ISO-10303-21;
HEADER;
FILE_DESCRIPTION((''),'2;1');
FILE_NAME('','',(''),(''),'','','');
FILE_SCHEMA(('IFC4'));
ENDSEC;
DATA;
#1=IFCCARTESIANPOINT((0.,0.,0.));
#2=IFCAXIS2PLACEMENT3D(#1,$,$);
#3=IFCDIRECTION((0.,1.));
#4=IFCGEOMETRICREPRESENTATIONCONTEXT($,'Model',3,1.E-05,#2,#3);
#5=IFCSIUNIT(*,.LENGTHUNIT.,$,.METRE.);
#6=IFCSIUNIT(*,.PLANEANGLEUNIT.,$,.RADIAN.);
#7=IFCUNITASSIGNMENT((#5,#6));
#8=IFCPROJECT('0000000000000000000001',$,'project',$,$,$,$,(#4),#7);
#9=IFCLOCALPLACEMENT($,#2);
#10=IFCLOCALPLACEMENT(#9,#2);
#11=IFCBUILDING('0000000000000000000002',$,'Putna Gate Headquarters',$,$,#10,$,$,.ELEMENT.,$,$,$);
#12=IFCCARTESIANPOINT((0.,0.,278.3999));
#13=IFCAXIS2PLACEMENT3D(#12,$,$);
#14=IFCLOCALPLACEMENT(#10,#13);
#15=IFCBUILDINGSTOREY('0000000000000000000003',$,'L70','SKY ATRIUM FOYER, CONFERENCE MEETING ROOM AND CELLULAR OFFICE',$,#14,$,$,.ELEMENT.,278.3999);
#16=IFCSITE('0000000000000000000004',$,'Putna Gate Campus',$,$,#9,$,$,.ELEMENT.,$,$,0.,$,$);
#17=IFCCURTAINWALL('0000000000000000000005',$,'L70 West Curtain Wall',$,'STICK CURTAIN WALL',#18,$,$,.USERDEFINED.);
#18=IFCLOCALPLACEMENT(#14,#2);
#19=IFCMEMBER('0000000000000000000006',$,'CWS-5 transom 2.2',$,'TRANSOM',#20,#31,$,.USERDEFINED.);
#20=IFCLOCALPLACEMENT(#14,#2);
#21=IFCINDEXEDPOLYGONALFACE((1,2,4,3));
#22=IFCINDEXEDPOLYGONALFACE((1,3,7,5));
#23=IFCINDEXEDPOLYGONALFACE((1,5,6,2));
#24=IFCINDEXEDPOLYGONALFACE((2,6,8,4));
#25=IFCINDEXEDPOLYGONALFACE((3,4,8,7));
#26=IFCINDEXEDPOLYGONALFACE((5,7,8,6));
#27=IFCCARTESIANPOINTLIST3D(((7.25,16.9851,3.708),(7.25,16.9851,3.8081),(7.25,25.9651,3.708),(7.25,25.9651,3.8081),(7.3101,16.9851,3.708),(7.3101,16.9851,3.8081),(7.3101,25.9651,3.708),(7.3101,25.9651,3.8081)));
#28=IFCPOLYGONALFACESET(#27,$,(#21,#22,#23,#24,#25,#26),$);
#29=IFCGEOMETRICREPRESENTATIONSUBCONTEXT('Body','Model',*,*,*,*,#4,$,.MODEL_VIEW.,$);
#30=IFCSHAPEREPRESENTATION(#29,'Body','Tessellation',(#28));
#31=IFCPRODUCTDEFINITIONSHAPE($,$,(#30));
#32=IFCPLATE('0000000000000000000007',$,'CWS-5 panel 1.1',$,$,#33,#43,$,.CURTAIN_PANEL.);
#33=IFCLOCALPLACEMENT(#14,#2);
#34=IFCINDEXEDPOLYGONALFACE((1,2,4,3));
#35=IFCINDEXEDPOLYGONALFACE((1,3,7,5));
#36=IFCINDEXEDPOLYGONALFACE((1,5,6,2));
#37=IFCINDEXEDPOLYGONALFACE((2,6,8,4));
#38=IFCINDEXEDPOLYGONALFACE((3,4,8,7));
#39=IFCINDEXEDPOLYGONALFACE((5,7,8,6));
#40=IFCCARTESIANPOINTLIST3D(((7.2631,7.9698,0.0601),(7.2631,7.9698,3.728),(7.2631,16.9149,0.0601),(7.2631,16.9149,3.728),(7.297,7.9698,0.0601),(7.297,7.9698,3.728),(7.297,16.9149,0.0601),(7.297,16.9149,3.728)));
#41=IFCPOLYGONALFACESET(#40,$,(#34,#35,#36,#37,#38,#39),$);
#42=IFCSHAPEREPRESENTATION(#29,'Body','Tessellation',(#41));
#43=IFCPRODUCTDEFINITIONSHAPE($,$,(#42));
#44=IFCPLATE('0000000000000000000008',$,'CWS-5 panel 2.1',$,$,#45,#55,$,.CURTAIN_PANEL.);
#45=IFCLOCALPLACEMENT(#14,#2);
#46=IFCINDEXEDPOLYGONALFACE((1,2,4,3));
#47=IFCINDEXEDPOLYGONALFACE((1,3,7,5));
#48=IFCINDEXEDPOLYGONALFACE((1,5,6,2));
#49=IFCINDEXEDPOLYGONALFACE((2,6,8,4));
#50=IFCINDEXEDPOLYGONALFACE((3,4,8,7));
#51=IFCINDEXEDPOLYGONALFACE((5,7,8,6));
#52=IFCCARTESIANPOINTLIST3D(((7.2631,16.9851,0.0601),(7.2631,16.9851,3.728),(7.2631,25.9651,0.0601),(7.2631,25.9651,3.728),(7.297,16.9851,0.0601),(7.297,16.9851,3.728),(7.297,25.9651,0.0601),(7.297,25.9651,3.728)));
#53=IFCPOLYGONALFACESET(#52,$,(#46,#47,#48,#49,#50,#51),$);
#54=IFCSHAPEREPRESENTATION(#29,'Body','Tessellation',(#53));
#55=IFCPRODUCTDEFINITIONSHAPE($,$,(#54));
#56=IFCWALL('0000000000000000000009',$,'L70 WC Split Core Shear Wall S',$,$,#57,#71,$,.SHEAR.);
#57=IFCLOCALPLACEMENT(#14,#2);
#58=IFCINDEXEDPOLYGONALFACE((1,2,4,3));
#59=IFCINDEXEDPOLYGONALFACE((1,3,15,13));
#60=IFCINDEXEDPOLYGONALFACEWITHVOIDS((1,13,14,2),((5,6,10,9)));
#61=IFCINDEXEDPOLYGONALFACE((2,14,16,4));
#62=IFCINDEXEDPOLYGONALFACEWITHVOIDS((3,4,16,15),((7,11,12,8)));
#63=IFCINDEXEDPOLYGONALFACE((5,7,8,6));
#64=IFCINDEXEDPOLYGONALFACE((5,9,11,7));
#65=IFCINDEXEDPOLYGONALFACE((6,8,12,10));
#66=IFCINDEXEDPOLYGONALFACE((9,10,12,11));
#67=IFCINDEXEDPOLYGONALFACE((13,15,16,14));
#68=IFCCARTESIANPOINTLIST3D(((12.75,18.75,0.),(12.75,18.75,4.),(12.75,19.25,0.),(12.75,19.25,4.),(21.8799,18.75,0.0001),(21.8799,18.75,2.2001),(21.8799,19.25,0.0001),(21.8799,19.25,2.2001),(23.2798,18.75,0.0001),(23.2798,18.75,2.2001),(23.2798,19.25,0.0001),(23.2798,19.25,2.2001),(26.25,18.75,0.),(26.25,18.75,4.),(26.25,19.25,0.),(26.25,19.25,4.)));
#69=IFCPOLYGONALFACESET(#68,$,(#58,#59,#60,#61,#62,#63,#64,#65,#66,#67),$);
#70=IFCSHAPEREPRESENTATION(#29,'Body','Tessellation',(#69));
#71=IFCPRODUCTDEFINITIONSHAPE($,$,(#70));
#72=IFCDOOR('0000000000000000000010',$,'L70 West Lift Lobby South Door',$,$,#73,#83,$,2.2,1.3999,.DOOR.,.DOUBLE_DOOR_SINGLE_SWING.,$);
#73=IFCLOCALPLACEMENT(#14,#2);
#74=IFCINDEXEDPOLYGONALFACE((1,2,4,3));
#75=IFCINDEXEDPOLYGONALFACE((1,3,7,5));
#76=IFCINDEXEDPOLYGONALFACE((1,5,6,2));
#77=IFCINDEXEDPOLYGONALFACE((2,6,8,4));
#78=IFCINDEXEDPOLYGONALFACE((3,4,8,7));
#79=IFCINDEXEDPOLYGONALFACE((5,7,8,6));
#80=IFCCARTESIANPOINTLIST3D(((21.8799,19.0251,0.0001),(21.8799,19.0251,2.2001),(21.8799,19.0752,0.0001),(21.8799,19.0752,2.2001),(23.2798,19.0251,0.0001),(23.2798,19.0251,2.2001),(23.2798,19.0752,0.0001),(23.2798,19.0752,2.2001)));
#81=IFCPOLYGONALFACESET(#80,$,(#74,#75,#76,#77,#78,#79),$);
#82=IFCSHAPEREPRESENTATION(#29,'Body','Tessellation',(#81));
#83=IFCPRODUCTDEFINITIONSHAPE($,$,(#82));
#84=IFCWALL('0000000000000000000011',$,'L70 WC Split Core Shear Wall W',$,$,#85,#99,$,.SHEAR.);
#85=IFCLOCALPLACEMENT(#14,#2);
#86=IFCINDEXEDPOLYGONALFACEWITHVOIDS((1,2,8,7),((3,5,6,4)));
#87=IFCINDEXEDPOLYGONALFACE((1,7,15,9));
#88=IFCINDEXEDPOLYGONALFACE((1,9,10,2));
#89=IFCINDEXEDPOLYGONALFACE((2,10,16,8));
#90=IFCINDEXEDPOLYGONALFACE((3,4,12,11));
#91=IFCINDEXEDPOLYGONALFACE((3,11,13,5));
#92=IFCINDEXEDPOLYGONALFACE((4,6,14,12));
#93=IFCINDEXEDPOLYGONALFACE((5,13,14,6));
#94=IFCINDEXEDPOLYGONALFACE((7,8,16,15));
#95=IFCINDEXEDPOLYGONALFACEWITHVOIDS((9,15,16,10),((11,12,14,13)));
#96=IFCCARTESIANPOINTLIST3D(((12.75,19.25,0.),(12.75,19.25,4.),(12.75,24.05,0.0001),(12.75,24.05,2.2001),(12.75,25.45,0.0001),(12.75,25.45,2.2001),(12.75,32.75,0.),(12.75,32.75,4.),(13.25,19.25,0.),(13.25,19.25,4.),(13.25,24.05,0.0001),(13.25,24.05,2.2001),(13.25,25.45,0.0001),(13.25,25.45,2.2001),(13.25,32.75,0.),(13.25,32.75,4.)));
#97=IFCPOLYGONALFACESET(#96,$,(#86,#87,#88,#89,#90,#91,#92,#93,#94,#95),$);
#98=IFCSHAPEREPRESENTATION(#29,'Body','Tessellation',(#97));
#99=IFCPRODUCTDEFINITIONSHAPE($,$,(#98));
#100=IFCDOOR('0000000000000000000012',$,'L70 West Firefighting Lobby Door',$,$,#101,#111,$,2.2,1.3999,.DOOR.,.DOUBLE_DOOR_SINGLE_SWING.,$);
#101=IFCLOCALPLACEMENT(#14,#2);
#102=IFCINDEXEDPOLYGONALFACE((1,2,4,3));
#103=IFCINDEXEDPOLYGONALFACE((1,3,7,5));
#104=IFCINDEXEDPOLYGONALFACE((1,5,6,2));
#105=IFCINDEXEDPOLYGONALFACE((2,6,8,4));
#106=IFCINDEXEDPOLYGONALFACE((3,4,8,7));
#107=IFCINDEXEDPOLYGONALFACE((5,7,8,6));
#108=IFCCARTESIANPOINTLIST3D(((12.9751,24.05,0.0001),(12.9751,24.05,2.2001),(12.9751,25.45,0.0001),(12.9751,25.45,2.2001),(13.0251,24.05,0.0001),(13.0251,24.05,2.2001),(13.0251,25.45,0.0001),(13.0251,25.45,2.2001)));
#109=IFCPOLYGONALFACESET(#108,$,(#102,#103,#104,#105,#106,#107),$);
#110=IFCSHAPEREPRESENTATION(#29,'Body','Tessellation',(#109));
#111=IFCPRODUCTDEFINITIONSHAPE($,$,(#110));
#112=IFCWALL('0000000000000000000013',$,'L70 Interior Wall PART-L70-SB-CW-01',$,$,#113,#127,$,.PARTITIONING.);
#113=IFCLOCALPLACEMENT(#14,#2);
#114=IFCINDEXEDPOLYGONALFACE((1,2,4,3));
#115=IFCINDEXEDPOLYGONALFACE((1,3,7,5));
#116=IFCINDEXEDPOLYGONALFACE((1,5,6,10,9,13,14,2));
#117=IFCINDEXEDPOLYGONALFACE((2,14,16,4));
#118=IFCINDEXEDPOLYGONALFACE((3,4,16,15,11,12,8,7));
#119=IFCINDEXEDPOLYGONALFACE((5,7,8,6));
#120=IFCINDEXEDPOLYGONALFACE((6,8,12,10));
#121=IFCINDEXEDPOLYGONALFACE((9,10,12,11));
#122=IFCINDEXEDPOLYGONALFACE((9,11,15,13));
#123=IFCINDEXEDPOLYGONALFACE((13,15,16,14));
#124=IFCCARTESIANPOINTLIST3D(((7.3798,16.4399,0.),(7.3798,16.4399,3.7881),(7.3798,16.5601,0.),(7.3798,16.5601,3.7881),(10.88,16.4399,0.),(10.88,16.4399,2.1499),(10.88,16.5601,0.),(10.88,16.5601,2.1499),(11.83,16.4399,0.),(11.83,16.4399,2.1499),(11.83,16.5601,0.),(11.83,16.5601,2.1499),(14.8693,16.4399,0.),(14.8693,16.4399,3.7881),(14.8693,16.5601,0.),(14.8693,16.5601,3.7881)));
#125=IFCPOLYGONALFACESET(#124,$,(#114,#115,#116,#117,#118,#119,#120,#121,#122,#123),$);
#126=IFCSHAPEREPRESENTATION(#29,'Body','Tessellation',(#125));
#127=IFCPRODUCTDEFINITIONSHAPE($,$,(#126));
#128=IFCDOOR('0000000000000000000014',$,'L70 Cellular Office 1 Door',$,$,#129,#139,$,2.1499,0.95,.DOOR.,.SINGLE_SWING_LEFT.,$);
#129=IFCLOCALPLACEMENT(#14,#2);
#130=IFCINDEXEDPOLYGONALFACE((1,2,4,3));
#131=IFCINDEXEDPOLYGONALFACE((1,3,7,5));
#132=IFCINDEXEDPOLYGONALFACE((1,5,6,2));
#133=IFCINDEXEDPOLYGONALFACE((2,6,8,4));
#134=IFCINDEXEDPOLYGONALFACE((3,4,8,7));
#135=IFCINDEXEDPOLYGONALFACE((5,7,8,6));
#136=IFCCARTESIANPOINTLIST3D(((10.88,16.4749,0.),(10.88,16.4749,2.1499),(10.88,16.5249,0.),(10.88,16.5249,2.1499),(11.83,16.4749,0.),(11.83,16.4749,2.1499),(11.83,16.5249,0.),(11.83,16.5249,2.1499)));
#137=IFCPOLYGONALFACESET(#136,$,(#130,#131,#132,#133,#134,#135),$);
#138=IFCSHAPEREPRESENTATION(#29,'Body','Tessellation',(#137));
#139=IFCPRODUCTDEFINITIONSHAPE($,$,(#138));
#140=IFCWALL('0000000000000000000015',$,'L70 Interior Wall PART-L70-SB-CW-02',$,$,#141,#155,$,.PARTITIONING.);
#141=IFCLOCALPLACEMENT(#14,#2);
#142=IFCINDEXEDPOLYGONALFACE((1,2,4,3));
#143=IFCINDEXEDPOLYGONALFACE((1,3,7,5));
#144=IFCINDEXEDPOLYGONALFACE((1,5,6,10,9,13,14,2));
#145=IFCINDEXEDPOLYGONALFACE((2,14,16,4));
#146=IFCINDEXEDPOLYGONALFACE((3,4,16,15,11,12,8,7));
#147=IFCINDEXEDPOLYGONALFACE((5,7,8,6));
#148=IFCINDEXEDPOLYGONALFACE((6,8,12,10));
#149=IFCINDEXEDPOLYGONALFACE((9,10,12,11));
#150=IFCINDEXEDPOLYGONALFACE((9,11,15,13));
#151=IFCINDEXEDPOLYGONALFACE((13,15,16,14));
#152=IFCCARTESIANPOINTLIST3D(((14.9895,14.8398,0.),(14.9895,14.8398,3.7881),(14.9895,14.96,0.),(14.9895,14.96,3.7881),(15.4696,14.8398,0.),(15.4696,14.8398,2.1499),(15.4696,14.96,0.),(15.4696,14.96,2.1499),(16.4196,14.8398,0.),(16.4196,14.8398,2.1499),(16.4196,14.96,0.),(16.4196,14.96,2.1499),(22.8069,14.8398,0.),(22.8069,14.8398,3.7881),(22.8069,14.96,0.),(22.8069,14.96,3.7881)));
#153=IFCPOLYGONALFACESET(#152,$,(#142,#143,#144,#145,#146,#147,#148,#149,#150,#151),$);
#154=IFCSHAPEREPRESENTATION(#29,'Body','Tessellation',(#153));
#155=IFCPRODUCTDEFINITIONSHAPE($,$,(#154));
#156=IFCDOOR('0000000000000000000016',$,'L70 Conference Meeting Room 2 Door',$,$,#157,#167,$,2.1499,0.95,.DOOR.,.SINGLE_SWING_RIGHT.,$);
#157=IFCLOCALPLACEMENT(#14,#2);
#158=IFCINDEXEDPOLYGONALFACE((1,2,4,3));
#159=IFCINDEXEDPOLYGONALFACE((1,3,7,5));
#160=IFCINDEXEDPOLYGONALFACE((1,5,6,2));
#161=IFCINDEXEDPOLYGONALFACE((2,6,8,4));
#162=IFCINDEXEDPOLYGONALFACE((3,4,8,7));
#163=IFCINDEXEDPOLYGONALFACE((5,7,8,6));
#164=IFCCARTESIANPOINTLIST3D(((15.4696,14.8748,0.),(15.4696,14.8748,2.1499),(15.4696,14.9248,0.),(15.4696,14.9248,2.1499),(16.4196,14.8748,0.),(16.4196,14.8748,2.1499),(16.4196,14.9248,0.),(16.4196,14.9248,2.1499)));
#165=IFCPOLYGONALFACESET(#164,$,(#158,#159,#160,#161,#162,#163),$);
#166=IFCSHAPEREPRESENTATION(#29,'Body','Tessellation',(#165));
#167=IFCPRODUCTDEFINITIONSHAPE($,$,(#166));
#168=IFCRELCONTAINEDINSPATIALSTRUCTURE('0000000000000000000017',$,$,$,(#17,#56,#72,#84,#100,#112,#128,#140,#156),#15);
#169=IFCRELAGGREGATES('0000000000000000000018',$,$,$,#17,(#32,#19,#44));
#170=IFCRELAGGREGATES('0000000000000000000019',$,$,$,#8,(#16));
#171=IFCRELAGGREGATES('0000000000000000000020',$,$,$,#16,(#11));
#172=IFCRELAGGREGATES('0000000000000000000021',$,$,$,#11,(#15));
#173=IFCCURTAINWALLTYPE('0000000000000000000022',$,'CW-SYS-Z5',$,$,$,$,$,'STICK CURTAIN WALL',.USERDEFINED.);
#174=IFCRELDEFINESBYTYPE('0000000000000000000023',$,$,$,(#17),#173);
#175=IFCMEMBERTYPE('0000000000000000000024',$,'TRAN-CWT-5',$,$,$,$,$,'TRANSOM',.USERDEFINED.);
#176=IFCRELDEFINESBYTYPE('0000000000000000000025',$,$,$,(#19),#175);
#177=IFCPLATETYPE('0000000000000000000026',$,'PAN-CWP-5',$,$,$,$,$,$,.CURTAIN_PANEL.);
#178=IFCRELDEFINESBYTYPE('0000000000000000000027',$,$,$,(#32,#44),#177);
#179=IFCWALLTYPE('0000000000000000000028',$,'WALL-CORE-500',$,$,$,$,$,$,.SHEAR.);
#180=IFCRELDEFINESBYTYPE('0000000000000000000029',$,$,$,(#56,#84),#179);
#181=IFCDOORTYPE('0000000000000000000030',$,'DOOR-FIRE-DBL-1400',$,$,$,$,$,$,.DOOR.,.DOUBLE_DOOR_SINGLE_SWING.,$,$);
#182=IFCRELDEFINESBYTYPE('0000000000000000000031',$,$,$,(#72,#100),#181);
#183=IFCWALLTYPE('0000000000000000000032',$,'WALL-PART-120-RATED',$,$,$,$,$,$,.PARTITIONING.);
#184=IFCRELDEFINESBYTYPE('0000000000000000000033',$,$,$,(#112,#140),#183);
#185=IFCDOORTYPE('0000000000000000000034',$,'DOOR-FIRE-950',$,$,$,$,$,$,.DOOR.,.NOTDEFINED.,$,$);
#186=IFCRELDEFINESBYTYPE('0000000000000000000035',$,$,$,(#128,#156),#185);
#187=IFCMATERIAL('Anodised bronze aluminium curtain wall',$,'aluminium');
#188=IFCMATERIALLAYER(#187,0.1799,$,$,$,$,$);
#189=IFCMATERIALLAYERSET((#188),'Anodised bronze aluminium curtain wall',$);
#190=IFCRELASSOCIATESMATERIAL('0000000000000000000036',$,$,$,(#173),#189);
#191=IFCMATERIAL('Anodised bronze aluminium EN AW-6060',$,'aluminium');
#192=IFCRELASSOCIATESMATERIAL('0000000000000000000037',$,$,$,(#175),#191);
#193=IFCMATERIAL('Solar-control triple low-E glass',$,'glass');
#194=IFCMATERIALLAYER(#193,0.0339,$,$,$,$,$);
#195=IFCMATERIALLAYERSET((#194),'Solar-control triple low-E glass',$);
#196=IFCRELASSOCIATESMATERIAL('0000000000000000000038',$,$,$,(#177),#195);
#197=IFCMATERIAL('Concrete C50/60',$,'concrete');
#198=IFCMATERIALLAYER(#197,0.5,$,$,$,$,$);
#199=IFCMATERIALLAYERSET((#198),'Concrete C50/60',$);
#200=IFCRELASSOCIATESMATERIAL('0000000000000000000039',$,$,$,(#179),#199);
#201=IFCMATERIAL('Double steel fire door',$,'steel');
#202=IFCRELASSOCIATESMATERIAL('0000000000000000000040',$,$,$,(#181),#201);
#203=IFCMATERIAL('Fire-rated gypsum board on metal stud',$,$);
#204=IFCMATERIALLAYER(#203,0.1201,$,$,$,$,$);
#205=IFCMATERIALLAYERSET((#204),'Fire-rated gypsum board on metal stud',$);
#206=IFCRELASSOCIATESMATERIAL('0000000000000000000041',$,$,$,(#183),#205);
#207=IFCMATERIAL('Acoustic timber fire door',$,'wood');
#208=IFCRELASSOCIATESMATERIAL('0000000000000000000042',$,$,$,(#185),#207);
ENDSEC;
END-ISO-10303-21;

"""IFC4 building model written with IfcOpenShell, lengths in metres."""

from ifc_helpers import new_model, si_unit, direction, frame, frame_2d, origin, origin_2d, place, context, subcontext, project, spatial, rectangle, extrude, material, layer, layer_set, material_profile, profile_set, type_object, element, fill, aggregate, save


model = new_model("IFC4")

# Units and contexts
model_context = context("Model", 3, precision=1e-05, world=origin(), true_north=direction((0.0, 1.0)))
body_context = subcontext(model_context, "Body", "Model", "MODEL_VIEW")
ifc_project = project(units=[si_unit("LENGTHUNIT", "METRE"), si_unit("PLANEANGLEUNIT", "RADIAN")], contexts=[model_context])

# Site, building, storey
site_placement = place(None, origin())
site = spatial("IfcSite", under=ifc_project, at=site_placement, Name="Putna Gate Campus", CompositionType="ELEMENT", RefElevation=0.0)
building_placement = place(site_placement, origin())
building = spatial("IfcBuilding", under=site, at=building_placement, Name="Putna Gate Headquarters", CompositionType="ELEMENT")
storey_placement = place(building_placement, frame((0.0, 0.0, 278.3999)))
storey = spatial("IfcBuildingStorey", under=building, at=storey_placement, Name="L70", Description="SKY ATRIUM FOYER, CONFERENCE MEETING ROOM AND CELLULAR OFFICE", CompositionType="ELEMENT", Elevation=278.3999)

# Curtain wall, member, plates
ifc_material_1 = material(Name="Anodised bronze aluminium curtain wall", Category="aluminium")
ifc_layer_1 = layer(ifc_material_1, 0.1799)
ifc_layer_set_1 = layer_set([ifc_layer_1], Name="Anodised bronze aluminium curtain wall")
curtain_wall_type = type_object("IfcCurtainWallType", Name="CW-SYS-Z5", ElementType="STICK CURTAIN WALL", PredefinedType="USERDEFINED", material=ifc_layer_set_1)
curtain_wall_placement = place(storey_placement, origin())
curtain_wall = element("IfcCurtainWall", 1, at=curtain_wall_placement, inside=storey, type_object=curtain_wall_type, Name="L70 West Curtain Wall", ObjectType="STICK CURTAIN WALL", PredefinedType="USERDEFINED")
ifc_material_2 = material(Name="Anodised bronze aluminium EN AW-6060", Category="aluminium")
ifc_material_profile_1 = material_profile(ifc_material_2, rectangle(XDim=0.0601, YDim=0.1001, at=origin_2d()), Name="Anodised bronze aluminium EN AW-6060")
ifc_profile_set_1 = profile_set([ifc_material_profile_1], Name="Anodised bronze aluminium EN AW-6060")
member_type_1 = type_object("IfcMemberType", Name="TRAN-CWT-5", ElementType="TRANSOM", PredefinedType="USERDEFINED", material=ifc_profile_set_1)
member_1_placement = place(storey_placement, frame((7.28, 16.9851, 3.7581), z_axis=(0.0, 1.0, 0.0), x_axis=(-1.0, 0.0, 0.0)))
member_1 = element("IfcMember", 2, at=member_1_placement, type_object=member_type_1, Name="CWS-5 transom 2.2", ObjectType="TRANSOM", PredefinedType="USERDEFINED", context=body_context, shape_type="SweptSolid", body=[
    extrude(rectangle(XDim=0.0601, YDim=0.1001, at=origin_2d()), origin(), (0.0, 0.0, 1.0), 8.98),
])
ifc_material_3 = material(Name="Solar-control triple low-E glass", Category="glass")
ifc_layer_2 = layer(ifc_material_3, 0.0339)
ifc_layer_set_2 = layer_set([ifc_layer_2], Name="Solar-control triple low-E glass")
plate_type = type_object("IfcPlateType", Name="PAN-CWP-5", PredefinedType="CURTAIN_PANEL", material=ifc_layer_set_2)
plate_1_placement = place(storey_placement, frame((7.28, 12.4424, 0.0601), z_axis=(0.0, 0.0, 1.0), x_axis=(0.0, 1.0, 0.0)))
plate_1 = element("IfcPlate", 3, at=plate_1_placement, type_object=plate_type, Name="CWS-5 panel 1.1", PredefinedType="CURTAIN_PANEL", context=body_context, shape_type="SweptSolid", body=[
    extrude(rectangle(XDim=8.9451, YDim=0.0339, at=origin_2d()), origin(), (0.0, 0.0, 1.0), 3.668),
])
plate_2_placement = place(storey_placement, frame((7.28, 21.4751, 0.0601), z_axis=(0.0, 0.0, 1.0), x_axis=(0.0, 1.0, 0.0)))
plate_2 = element("IfcPlate", 4, at=plate_2_placement, type_object=plate_type, Name="CWS-5 panel 2.1", PredefinedType="CURTAIN_PANEL", context=body_context, shape_type="SweptSolid", body=[
    extrude(rectangle(XDim=8.98, YDim=0.0339, at=origin_2d()), origin(), (0.0, 0.0, 1.0), 3.668),
])
aggregate(curtain_wall, [plate_1, member_1, plate_2])

# Walls, openings, doors
ifc_material_4 = material(Name="Concrete C50/60", Category="concrete")
ifc_layer_3 = layer(ifc_material_4, 0.5)
ifc_layer_set_3 = layer_set([ifc_layer_3], Name="Concrete C50/60")
wall_type_1 = type_object("IfcWallType", Name="WALL-CORE-500", PredefinedType="SHEAR", material=ifc_layer_set_3)
wall_1_placement = place(storey_placement, frame((12.75, 19.0, 0.0), z_axis=(0.0, 0.0, 1.0), x_axis=(1.0, 0.0, 0.0)))
wall_1 = element("IfcWall", 5, at=wall_1_placement, inside=storey, type_object=wall_type_1, Name="L70 WC Split Core Shear Wall S", PredefinedType="SHEAR", context=body_context, shape_type="SweptSolid", body=[
    extrude(rectangle(XDim=13.5, YDim=0.5, at=frame_2d((6.75, 0.0))), origin(), (0.0, 0.0, 1.0), 4.0),
])
opening_1_placement = place(wall_1_placement, frame((9.1299, 0.0, 0.0)))
opening_1 = element("IfcOpeningElement", 6, at=opening_1_placement, cuts=wall_1, PredefinedType="OPENING", context=body_context, shape_type="SweptSolid", body=[
    extrude(rectangle(XDim=1.3999, YDim=2.2, at=frame_2d((0.7, 1.1001))), frame((0.0, 0.26, 0.0), z_axis=(0.0, -1.0, 0.0), x_axis=(1.0, 0.0, 0.0)), (0.0, 0.0, 1.0), 0.52),
])
ifc_material_5 = material(Name="Double steel fire door", Category="steel")
door_type_1 = type_object("IfcDoorType", Name="DOOR-FIRE-DBL-1400", OperationType="DOUBLE_DOOR_SINGLE_SWING", PredefinedType="DOOR", material=ifc_material_5)
door_1_placement = place(opening_1_placement, origin())
door_1 = element("IfcDoor", 7, at=door_1_placement, inside=storey, type_object=door_type_1, Name="L70 West Lift Lobby South Door", OperationType="DOUBLE_DOOR_SINGLE_SWING", OverallHeight=2.2, OverallWidth=1.3999, PredefinedType="DOOR", context=body_context, shape_type="SweptSolid", body=[
    extrude(rectangle(XDim=1.3999, YDim=2.2, at=frame_2d((0.7, 1.1001))), frame((0.0, 0.0752, 0.0), z_axis=(0.0, -1.0, 0.0), x_axis=(1.0, 0.0, 0.0)), (0.0, 0.0, 1.0), 0.05),
])
fill(opening_1, door_1)
wall_2_placement = place(storey_placement, frame((13.0, 19.25, 0.0), z_axis=(0.0, 0.0, 1.0), x_axis=(0.0, 1.0, 0.0)))
wall_2 = element("IfcWall", 8, at=wall_2_placement, inside=storey, type_object=wall_type_1, Name="L70 WC Split Core Shear Wall W", PredefinedType="SHEAR", context=body_context, shape_type="SweptSolid", body=[
    extrude(rectangle(XDim=13.5, YDim=0.5, at=frame_2d((6.75, 0.0))), origin(), (0.0, 0.0, 1.0), 4.0),
])
opening_2_placement = place(wall_2_placement, frame((4.8, 0.0, 0.0)))
opening_2 = element("IfcOpeningElement", 9, at=opening_2_placement, cuts=wall_2, PredefinedType="OPENING", context=body_context, shape_type="SweptSolid", body=[
    extrude(rectangle(XDim=1.3999, YDim=2.2, at=frame_2d((0.7, 1.1001))), frame((0.0, 0.26, 0.0), z_axis=(0.0, -1.0, 0.0), x_axis=(1.0, 0.0, 0.0)), (0.0, 0.0, 1.0), 0.52),
])
door_2_placement = place(opening_2_placement, origin())
door_2 = element("IfcDoor", 10, at=door_2_placement, inside=storey, type_object=door_type_1, Name="L70 West Firefighting Lobby Door", OperationType="DOUBLE_DOOR_SINGLE_SWING", OverallHeight=2.2, OverallWidth=1.3999, PredefinedType="DOOR", context=body_context, shape_type="SweptSolid", body=[
    extrude(rectangle(XDim=1.3999, YDim=2.2, at=frame_2d((0.7, 1.1001))), frame((0.0, 0.0249, 0.0), z_axis=(0.0, -1.0, 0.0), x_axis=(1.0, 0.0, 0.0)), (0.0, 0.0, 1.0), 0.05),
])
fill(opening_2, door_2)
ifc_material_6 = material(Name="Fire-rated gypsum board on metal stud")
ifc_layer_4 = layer(ifc_material_6, 0.1201)
ifc_layer_set_4 = layer_set([ifc_layer_4], Name="Fire-rated gypsum board on metal stud")
wall_type_2 = type_object("IfcWallType", Name="WALL-PART-120-RATED", PredefinedType="PARTITIONING", material=ifc_layer_set_4)
wall_3_placement = place(storey_placement, frame((7.3799, 16.5, 0.0), z_axis=(0.0, 0.0, 1.0), x_axis=(1.0, 0.0, 0.0)))
wall_3 = element("IfcWall", 11, at=wall_3_placement, inside=storey, type_object=wall_type_2, Name="L70 Interior Wall PART-L70-SB-CW-01", PredefinedType="PARTITIONING", context=body_context, shape_type="SweptSolid", body=[
    extrude(rectangle(XDim=7.4895, YDim=0.1201, at=frame_2d((3.7446, 0.0))), origin(), (0.0, 0.0, 1.0), 3.7881),
])
opening_3_placement = place(wall_3_placement, frame((3.5, 0.0, 0.0)))
opening_3 = element("IfcOpeningElement", 12, at=opening_3_placement, cuts=wall_3, PredefinedType="OPENING", context=body_context, shape_type="SweptSolid", body=[
    extrude(rectangle(XDim=0.95, YDim=2.1499, at=frame_2d((0.4751, 1.075))), frame((0.0, 0.0701, 0.0), z_axis=(0.0, -1.0, 0.0), x_axis=(1.0, 0.0, 0.0)), (0.0, 0.0, 1.0), 0.1401),
])
ifc_material_7 = material(Name="Acoustic timber fire door", Category="wood")
door_type_2 = type_object("IfcDoorType", Name="DOOR-FIRE-950", OperationType="NOTDEFINED", PredefinedType="DOOR", material=ifc_material_7)
door_3_placement = place(opening_3_placement, origin())
door_3 = element("IfcDoor", 13, at=door_3_placement, inside=storey, type_object=door_type_2, Name="L70 Cellular Office 1 Door", OperationType="SINGLE_SWING_LEFT", OverallHeight=2.1499, OverallWidth=0.95, PredefinedType="DOOR", context=body_context, shape_type="SweptSolid", body=[
    extrude(rectangle(XDim=0.95, YDim=2.1499, at=frame_2d((0.4751, 1.075))), frame((0.0, 0.0249, 0.0), z_axis=(0.0, -1.0, 0.0), x_axis=(1.0, 0.0, 0.0)), (0.0, 0.0, 1.0), 0.05),
])
fill(opening_3, door_3)
wall_4_placement = place(storey_placement, frame((14.9895, 14.8999, 0.0), z_axis=(0.0, 0.0, 1.0), x_axis=(1.0, 0.0, 0.0)))
wall_4 = element("IfcWall", 14, at=wall_4_placement, inside=storey, type_object=wall_type_2, Name="L70 Interior Wall PART-L70-SB-CW-02", PredefinedType="PARTITIONING", context=body_context, shape_type="SweptSolid", body=[
    extrude(rectangle(XDim=7.8174, YDim=0.1201, at=frame_2d((3.9087, 0.0))), origin(), (0.0, 0.0, 1.0), 3.7881),
])
opening_4_placement = place(wall_4_placement, frame((0.48, 0.0, 0.0)))
opening_4 = element("IfcOpeningElement", 15, at=opening_4_placement, cuts=wall_4, PredefinedType="OPENING", context=body_context, shape_type="SweptSolid", body=[
    extrude(rectangle(XDim=0.95, YDim=2.1499, at=frame_2d((0.4751, 1.075))), frame((0.0, 0.0701, 0.0), z_axis=(0.0, -1.0, 0.0), x_axis=(1.0, 0.0, 0.0)), (0.0, 0.0, 1.0), 0.1401),
])
door_4_placement = place(opening_4_placement, origin())
door_4 = element("IfcDoor", 16, at=door_4_placement, inside=storey, type_object=door_type_2, Name="L70 Conference Meeting Room 2 Door", OperationType="SINGLE_SWING_RIGHT", OverallHeight=2.1499, OverallWidth=0.95, PredefinedType="DOOR", context=body_context, shape_type="SweptSolid", body=[
    extrude(rectangle(XDim=0.95, YDim=2.1499, at=frame_2d((0.4751, 1.075))), frame((0.0, 0.0249, 0.0), z_axis=(0.0, -1.0, 0.0), x_axis=(1.0, 0.0, 0.0)), (0.0, 0.0, 1.0), 0.05),
])
fill(opening_4, door_4)

save(model, "model.ifc")
